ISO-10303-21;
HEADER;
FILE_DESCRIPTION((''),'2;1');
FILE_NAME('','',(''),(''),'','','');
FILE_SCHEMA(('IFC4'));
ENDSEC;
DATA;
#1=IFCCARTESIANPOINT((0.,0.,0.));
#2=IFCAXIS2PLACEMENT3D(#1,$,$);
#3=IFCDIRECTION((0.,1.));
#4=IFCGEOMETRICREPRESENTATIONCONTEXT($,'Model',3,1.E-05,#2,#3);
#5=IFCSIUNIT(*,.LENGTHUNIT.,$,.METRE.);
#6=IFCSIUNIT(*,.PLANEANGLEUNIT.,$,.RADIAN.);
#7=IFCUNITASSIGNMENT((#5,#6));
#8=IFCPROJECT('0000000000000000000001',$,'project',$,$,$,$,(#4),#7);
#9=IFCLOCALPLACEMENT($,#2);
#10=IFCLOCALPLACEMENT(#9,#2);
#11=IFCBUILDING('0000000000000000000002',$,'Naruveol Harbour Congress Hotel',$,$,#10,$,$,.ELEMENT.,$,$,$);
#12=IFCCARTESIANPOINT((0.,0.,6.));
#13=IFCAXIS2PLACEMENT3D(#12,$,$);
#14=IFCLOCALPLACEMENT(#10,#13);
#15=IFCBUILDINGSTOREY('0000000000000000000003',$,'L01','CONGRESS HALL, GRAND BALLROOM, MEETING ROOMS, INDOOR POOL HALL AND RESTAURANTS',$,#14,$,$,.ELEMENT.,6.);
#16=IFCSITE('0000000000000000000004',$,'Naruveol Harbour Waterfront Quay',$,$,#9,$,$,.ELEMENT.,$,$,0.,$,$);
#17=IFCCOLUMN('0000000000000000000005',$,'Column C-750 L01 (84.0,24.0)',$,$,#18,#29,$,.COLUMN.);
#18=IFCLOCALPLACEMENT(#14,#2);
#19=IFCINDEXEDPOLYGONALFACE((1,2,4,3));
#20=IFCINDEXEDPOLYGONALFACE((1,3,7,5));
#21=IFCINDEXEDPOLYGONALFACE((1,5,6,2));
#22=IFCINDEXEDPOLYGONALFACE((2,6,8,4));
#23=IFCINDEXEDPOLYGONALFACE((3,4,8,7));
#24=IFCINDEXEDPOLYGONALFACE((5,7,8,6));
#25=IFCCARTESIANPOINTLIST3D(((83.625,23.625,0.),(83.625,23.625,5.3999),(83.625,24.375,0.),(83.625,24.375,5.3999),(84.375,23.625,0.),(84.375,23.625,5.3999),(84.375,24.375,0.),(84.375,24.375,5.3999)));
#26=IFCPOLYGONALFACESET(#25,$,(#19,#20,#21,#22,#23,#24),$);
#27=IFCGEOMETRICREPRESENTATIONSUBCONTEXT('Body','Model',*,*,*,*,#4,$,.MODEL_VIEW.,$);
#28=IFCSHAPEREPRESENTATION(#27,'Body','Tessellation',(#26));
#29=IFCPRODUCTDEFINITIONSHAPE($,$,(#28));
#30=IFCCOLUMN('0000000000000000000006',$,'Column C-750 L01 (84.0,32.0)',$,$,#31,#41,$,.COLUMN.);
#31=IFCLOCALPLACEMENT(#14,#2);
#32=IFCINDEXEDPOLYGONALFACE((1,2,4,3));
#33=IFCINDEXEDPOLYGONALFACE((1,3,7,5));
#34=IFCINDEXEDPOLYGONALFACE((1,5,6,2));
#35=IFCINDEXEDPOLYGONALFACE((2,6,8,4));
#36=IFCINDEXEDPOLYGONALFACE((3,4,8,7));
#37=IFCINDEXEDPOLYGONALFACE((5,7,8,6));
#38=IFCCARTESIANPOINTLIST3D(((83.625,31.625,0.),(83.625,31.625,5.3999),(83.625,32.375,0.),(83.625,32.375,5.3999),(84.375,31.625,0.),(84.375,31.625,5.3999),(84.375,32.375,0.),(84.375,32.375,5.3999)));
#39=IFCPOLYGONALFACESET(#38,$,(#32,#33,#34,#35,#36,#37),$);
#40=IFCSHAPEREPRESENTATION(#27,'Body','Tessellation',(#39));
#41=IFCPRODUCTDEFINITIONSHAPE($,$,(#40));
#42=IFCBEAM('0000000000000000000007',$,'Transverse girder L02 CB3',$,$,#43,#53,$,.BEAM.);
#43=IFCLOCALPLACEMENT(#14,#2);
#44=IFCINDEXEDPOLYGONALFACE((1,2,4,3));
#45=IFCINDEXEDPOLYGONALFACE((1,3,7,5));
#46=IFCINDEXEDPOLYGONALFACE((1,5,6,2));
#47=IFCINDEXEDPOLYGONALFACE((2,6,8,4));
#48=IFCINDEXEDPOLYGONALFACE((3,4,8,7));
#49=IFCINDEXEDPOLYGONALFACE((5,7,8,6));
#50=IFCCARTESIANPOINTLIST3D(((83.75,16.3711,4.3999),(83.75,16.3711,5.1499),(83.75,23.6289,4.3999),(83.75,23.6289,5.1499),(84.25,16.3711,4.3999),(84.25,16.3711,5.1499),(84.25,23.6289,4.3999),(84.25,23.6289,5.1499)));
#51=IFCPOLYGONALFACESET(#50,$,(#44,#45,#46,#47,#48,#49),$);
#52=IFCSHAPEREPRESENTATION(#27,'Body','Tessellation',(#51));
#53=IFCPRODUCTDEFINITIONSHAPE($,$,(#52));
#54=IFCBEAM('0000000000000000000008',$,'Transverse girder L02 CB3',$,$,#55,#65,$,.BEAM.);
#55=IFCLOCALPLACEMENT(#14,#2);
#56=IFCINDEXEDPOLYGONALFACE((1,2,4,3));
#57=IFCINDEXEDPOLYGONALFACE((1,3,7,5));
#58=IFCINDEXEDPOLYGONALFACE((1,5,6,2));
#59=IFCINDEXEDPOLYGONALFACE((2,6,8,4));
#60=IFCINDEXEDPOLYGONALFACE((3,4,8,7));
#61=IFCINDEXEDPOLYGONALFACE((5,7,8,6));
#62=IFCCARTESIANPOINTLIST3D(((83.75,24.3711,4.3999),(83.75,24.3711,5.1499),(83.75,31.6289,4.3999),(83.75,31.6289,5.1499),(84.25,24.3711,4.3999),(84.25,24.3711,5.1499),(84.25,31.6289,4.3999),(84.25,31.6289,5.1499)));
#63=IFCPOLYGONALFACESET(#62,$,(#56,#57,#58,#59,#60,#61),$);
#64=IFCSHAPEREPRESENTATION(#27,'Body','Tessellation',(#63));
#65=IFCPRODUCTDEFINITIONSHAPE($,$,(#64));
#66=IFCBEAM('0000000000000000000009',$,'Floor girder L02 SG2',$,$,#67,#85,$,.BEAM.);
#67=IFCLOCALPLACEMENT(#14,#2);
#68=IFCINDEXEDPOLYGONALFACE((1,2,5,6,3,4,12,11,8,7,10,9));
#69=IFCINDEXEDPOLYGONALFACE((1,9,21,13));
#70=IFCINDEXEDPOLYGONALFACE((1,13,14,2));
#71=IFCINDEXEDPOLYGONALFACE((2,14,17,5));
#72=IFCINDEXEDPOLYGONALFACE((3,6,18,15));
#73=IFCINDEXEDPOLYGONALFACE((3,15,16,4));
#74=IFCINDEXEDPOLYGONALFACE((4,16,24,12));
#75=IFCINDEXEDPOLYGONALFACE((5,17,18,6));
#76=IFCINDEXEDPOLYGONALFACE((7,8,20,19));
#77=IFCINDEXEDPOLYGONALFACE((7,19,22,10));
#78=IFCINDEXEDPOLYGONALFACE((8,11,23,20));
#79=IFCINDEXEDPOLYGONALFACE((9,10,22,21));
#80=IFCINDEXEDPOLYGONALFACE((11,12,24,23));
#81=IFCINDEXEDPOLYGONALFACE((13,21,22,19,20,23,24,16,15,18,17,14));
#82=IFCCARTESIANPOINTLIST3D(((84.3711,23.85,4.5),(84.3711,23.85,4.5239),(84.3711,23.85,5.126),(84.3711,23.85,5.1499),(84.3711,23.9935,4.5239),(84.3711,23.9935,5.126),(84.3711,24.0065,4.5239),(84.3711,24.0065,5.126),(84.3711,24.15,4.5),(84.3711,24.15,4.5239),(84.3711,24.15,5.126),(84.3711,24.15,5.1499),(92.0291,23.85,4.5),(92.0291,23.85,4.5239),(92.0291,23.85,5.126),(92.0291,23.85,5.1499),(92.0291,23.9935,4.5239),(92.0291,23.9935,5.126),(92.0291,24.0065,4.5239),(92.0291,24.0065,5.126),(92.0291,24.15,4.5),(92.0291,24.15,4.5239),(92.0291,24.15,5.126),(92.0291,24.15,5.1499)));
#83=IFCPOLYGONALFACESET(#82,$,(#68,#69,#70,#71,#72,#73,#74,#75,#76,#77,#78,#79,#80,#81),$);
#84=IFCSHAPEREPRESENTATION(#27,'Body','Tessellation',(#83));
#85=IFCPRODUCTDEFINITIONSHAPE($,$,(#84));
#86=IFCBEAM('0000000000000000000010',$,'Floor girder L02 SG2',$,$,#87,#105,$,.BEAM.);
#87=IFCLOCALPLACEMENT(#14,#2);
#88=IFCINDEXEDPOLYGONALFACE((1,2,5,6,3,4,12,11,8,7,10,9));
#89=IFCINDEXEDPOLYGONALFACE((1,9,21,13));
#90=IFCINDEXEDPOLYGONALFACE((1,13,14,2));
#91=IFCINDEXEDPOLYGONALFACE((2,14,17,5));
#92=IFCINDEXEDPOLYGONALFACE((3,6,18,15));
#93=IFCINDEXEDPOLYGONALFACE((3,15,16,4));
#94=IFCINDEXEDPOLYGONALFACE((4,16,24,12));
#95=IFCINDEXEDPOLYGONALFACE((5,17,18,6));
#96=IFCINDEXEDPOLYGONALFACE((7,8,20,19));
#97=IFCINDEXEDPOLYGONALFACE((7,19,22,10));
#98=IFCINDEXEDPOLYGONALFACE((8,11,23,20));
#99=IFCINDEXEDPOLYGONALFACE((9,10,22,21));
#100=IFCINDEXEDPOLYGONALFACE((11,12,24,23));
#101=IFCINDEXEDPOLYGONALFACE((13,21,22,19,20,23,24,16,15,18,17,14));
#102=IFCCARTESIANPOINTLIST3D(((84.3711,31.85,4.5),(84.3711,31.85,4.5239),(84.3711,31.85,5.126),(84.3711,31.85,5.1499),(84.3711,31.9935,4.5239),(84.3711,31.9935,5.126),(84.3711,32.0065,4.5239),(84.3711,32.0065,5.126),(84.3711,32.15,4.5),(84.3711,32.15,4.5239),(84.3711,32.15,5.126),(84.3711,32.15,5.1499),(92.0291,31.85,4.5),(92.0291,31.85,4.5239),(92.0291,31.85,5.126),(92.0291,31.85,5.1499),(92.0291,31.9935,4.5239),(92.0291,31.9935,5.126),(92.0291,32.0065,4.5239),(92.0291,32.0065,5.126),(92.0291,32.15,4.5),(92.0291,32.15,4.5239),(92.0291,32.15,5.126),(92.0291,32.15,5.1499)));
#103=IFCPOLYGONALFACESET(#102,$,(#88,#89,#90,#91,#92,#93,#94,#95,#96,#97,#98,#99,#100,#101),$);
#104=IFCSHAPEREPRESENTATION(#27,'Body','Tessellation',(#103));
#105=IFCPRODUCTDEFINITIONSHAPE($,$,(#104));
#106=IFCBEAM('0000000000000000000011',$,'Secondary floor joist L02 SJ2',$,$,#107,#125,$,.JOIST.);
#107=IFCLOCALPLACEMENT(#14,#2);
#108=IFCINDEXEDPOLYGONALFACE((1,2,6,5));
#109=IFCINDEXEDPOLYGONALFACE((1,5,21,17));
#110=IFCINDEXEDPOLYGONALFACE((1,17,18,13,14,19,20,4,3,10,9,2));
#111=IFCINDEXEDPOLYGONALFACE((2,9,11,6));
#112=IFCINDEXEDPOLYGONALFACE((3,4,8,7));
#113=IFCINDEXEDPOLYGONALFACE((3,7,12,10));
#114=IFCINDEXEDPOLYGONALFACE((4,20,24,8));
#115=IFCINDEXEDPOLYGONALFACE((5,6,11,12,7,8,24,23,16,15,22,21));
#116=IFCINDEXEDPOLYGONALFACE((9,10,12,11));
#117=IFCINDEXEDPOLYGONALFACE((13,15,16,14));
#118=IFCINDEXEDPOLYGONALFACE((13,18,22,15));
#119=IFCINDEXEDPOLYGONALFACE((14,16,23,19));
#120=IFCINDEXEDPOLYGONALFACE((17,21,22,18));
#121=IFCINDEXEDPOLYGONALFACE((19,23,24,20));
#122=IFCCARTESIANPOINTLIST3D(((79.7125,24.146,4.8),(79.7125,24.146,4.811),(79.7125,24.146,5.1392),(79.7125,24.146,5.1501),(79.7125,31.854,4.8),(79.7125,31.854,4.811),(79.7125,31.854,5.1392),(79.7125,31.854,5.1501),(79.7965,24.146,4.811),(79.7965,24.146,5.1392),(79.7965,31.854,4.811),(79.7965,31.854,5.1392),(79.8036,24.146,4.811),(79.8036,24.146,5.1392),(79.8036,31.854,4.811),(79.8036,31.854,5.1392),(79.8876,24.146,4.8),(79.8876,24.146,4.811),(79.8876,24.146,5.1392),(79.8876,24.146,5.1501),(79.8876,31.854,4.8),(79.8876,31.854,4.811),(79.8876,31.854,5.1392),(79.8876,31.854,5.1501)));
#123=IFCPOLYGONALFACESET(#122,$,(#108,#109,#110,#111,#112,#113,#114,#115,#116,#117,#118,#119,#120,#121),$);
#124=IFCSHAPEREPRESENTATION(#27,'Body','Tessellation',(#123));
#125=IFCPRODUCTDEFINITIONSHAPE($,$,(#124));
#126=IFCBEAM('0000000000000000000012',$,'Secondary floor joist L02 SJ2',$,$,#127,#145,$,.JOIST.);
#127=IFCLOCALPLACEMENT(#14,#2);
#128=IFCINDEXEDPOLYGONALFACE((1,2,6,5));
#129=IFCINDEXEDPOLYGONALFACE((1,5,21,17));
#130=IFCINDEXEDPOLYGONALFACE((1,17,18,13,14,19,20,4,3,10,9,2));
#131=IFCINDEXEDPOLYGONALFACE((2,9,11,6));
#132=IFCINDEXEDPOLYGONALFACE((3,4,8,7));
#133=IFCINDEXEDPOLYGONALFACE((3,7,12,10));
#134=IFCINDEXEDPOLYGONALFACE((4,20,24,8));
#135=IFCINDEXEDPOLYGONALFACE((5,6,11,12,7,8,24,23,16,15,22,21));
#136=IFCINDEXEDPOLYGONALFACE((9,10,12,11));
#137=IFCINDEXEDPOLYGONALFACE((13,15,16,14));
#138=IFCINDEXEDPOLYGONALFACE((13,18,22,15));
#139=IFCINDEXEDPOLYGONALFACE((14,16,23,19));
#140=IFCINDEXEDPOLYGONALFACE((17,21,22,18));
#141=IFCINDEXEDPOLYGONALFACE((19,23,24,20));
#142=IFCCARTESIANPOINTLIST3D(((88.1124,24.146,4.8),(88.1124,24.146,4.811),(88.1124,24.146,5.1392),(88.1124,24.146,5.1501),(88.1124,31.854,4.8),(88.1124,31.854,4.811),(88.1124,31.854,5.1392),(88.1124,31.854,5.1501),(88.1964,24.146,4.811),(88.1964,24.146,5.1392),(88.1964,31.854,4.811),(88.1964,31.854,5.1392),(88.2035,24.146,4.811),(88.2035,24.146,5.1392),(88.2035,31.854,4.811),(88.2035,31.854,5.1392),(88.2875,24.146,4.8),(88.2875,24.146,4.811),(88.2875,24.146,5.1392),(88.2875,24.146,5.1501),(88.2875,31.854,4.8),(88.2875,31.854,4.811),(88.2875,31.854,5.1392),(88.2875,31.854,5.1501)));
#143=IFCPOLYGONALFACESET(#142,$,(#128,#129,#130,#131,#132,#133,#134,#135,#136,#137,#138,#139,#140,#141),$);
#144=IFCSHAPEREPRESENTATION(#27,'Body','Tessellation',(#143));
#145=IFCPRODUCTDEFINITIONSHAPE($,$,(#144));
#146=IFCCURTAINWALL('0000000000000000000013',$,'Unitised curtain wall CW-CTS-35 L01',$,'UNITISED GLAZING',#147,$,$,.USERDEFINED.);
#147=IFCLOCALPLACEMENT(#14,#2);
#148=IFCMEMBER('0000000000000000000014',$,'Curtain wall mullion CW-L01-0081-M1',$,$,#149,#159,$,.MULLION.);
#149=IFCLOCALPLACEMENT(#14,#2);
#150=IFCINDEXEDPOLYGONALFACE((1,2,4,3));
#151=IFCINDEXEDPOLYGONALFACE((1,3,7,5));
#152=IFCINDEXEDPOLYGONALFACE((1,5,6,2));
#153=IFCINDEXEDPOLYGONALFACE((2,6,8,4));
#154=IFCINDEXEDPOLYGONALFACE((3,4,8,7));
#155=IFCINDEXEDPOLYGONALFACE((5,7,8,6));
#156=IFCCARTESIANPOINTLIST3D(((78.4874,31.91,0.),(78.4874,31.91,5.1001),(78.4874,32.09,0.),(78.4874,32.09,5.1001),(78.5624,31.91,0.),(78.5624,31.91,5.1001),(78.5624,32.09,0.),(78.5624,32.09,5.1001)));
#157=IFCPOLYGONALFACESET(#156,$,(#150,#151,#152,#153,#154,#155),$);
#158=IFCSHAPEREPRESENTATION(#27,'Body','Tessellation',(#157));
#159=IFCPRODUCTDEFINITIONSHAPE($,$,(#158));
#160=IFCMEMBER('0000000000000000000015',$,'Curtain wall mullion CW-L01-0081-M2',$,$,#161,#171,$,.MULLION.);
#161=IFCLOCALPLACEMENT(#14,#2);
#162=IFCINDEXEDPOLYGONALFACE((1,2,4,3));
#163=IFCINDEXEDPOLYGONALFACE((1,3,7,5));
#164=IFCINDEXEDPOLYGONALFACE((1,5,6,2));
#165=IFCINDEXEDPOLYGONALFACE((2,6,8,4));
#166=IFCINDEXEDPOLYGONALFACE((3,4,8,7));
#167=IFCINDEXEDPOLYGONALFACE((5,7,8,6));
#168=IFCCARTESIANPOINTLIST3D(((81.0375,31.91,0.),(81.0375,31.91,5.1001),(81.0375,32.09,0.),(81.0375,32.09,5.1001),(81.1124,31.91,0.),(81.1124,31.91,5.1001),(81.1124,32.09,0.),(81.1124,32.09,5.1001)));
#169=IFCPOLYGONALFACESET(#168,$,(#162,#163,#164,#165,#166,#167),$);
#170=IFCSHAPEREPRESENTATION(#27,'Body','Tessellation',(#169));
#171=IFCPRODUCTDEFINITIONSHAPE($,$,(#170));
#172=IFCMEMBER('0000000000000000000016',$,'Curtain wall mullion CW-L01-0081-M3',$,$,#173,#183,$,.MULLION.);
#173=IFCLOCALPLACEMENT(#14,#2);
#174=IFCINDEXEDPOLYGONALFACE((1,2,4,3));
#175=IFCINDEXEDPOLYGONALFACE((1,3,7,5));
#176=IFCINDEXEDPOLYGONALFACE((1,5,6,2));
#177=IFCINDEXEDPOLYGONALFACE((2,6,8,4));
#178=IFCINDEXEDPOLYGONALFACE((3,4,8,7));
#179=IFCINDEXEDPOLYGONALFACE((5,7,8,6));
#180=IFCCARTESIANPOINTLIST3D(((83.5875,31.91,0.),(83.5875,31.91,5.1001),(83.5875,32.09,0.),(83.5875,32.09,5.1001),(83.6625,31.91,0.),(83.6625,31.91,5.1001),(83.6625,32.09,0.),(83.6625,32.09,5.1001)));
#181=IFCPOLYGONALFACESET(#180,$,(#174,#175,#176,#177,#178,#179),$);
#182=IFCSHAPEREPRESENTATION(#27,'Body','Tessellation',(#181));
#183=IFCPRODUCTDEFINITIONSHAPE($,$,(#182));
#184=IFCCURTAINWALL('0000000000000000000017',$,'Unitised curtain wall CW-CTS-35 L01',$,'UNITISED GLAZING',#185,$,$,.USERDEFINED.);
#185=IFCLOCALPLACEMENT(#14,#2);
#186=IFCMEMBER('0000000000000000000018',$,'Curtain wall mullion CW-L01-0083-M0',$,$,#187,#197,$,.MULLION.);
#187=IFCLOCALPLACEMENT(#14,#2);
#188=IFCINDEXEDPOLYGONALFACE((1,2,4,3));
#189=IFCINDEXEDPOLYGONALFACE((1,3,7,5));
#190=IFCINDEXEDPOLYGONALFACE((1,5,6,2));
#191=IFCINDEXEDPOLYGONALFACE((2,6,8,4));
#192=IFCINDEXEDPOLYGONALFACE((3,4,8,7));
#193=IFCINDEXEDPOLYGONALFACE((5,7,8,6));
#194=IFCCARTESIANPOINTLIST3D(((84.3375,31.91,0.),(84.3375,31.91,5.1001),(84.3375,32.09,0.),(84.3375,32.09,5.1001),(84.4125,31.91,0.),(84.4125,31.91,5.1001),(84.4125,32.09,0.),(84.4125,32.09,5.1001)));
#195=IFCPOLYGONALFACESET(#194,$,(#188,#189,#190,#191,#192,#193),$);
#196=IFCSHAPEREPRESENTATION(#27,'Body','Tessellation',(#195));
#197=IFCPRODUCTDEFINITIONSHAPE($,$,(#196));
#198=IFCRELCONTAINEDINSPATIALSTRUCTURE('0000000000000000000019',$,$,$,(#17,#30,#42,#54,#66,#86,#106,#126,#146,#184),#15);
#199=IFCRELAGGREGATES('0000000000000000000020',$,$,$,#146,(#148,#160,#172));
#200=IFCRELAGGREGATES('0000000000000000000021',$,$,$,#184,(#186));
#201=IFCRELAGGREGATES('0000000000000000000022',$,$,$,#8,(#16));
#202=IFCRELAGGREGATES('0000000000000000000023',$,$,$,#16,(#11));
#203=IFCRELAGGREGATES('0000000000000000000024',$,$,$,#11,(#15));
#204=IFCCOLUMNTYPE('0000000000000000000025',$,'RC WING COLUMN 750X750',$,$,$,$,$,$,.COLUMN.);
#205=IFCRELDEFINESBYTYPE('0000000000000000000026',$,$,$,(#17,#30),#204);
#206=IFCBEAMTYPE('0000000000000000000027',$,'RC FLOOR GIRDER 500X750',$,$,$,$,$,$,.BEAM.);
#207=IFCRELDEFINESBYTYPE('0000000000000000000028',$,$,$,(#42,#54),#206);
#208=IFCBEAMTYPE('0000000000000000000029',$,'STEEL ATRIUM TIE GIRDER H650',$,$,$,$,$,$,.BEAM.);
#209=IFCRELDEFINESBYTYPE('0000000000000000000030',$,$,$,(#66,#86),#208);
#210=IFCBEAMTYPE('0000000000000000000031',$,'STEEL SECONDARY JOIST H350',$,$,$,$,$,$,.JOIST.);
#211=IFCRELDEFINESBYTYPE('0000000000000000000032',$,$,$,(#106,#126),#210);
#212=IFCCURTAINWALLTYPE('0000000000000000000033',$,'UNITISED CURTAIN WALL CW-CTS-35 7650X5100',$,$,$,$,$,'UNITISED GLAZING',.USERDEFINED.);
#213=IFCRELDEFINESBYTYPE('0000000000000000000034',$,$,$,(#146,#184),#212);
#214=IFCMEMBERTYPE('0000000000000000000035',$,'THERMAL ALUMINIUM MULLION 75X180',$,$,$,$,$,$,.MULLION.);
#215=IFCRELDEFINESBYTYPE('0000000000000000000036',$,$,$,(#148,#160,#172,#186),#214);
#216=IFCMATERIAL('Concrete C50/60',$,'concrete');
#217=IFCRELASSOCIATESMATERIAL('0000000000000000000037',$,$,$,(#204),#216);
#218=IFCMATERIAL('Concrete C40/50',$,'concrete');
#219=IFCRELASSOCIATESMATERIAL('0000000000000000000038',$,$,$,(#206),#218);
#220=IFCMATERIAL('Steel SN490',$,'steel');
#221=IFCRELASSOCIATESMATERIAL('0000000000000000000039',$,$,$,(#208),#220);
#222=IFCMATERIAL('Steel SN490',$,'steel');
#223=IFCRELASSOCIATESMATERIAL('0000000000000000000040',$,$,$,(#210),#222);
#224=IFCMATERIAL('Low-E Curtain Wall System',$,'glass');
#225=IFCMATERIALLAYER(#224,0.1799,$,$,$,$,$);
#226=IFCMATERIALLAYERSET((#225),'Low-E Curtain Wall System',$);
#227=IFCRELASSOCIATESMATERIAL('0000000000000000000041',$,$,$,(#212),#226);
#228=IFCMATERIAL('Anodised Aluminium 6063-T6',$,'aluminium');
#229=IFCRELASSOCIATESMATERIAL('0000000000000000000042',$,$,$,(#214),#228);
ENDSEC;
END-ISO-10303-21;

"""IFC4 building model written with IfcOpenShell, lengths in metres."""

from ifc_helpers import new_model, si_unit, direction, frame, origin, origin_2d, place, context, subcontext, project, spatial, rectangle, i_section, extrude, material, layer, layer_set, material_profile, profile_set, type_object, element, aggregate, save


model = new_model("IFC4")

# Units and contexts
model_context = context("Model", 3, precision=1e-05, world=origin(), true_north=direction((0.0, 1.0)))
body_context = subcontext(model_context, "Body", "Model", "MODEL_VIEW")
ifc_project = project(units=[si_unit("LENGTHUNIT", "METRE"), si_unit("PLANEANGLEUNIT", "RADIAN")], contexts=[model_context])

# Site, building, storey
site_placement = place(None, origin())
site = spatial("IfcSite", under=ifc_project, at=site_placement, Name="Naruveol Harbour Waterfront Quay", CompositionType="ELEMENT", RefElevation=0.0)
building_placement = place(site_placement, origin())
building = spatial("IfcBuilding", under=site, at=building_placement, Name="Naruveol Harbour Congress Hotel", CompositionType="ELEMENT")
storey_placement = place(building_placement, frame((0.0, 0.0, 6.0)))
storey = spatial("IfcBuildingStorey", under=building, at=storey_placement, Name="L01", Description="CONGRESS HALL, GRAND BALLROOM, MEETING ROOMS, INDOOR POOL HALL AND RESTAURANTS", CompositionType="ELEMENT", Elevation=6.0)

# Columns
ifc_material_1 = material(Name="Concrete C50/60", Category="concrete")
ifc_material_profile_1 = material_profile(ifc_material_1, rectangle(XDim=0.75, YDim=0.75, at=origin_2d()), Name="RC-750x750")
ifc_profile_set_1 = profile_set([ifc_material_profile_1], Name="Concrete C50/60")
column_type = type_object("IfcColumnType", Name="RC WING COLUMN 750X750", PredefinedType="COLUMN", material=ifc_profile_set_1)
for number, where, z_axis, x_axis, name in (
    (1, (84.0, 24.0, 0.0), (0.0, 0.0, 1.0), (1.0, 0.0, 0.0), "Column C-750 L01 (84.0,24.0)"),
    (2, (84.0, 32.0, 0.0), (0.0, 0.0, 1.0), (1.0, 0.0, 0.0), "Column C-750 L01 (84.0,32.0)"),
):
    element("IfcColumn", number, at=place(storey_placement, frame(where, z_axis=z_axis, x_axis=x_axis)), inside=storey, type_object=column_type, Name=name, PredefinedType="COLUMN", context=body_context, shape_type="SweptSolid", body=[
        extrude(rectangle(XDim=0.75, YDim=0.75, at=origin_2d()), origin(), (0.0, 0.0, 1.0), 5.3999),
    ])

# Beams
ifc_material_2 = material(Name="Concrete C40/50", Category="concrete")
ifc_material_profile_2 = material_profile(ifc_material_2, rectangle(XDim=0.5, YDim=0.75, at=origin_2d()), Name="RCB-500x750")
ifc_profile_set_2 = profile_set([ifc_material_profile_2], Name="Concrete C40/50")
beam_type_1 = type_object("IfcBeamType", Name="RC FLOOR GIRDER 500X750", PredefinedType="BEAM", material=ifc_profile_set_2)
for number, where, z_axis, x_axis, name in (
    (3, (84.0, 16.3711, 4.7749), (0.0, 1.0, 0.0), (-1.0, 0.0, 0.0), "Transverse girder L02 CB3"),
    (4, (84.0, 24.3711, 4.7749), (0.0, 1.0, 0.0), (-1.0, 0.0, 0.0), "Transverse girder L02 CB3"),
):
    element("IfcBeam", number, at=place(storey_placement, frame(where, z_axis=z_axis, x_axis=x_axis)), inside=storey, type_object=beam_type_1, Name=name, PredefinedType="BEAM", context=body_context, shape_type="SweptSolid", body=[
        extrude(rectangle(XDim=0.5, YDim=0.75, at=origin_2d()), origin(), (0.0, 0.0, 1.0), 7.2578),
    ])
ifc_material_3 = material(Name="Steel SN490", Category="steel")
ifc_material_profile_3 = material_profile(ifc_material_3, i_section(OverallWidth=0.3, OverallDepth=0.6499, WebThickness=0.0129, FlangeThickness=0.0239, at=origin_2d()), Name="H-650x300x13x24")
ifc_profile_set_3 = profile_set([ifc_material_profile_3], Name="Steel SN490")
beam_type_2 = type_object("IfcBeamType", Name="STEEL ATRIUM TIE GIRDER H650", PredefinedType="BEAM", material=ifc_profile_set_3)
for number, where, z_axis, x_axis, name in (
    (5, (84.3711, 24.0, 4.825), (1.0, 0.0, 0.0), (0.0, 1.0, 0.0), "Floor girder L02 SG2"),
    (6, (84.3711, 32.0, 4.825), (1.0, 0.0, 0.0), (0.0, 1.0, 0.0), "Floor girder L02 SG2"),
):
    element("IfcBeam", number, at=place(storey_placement, frame(where, z_axis=z_axis, x_axis=x_axis)), inside=storey, type_object=beam_type_2, Name=name, PredefinedType="BEAM", context=body_context, shape_type="SweptSolid", body=[
        extrude(i_section(OverallWidth=0.3, OverallDepth=0.6499, WebThickness=0.0129, FlangeThickness=0.0239, at=origin_2d()), origin(), (0.0, 0.0, 1.0), 7.658),
    ])
ifc_material_4 = material(Name="Steel SN490", Category="steel")
ifc_material_profile_4 = material_profile(ifc_material_4, i_section(OverallWidth=0.175, OverallDepth=0.3501, WebThickness=0.0071, FlangeThickness=0.011, at=origin_2d()), Name="H-350x175x7x11")
ifc_profile_set_4 = profile_set([ifc_material_profile_4], Name="Steel SN490")
beam_type_3 = type_object("IfcBeamType", Name="STEEL SECONDARY JOIST H350", PredefinedType="JOIST", material=ifc_profile_set_4)
for number, where, z_axis, x_axis, name in (
    (7, (79.8, 24.146, 4.9751), (0.0, 1.0, 0.0), (-1.0, 0.0, 0.0), "Secondary floor joist L02 SJ2"),
    (8, (88.2, 24.146, 4.9751), (0.0, 1.0, 0.0), (-1.0, 0.0, 0.0), "Secondary floor joist L02 SJ2"),
):
    element("IfcBeam", number, at=place(storey_placement, frame(where, z_axis=z_axis, x_axis=x_axis)), inside=storey, type_object=beam_type_3, Name=name, PredefinedType="JOIST", context=body_context, shape_type="SweptSolid", body=[
        extrude(i_section(OverallWidth=0.175, OverallDepth=0.3501, WebThickness=0.0071, FlangeThickness=0.011, at=origin_2d()), origin(), (0.0, 0.0, 1.0), 7.708),
    ])

# Curtain walls, members
ifc_material_5 = material(Name="Low-E Curtain Wall System", Category="glass")
ifc_layer_1 = layer(ifc_material_5, 0.1799)
ifc_layer_set_1 = layer_set([ifc_layer_1], Name="Low-E Curtain Wall System")
curtain_wall_type = type_object("IfcCurtainWallType", Name="UNITISED CURTAIN WALL CW-CTS-35 7650X5100", ElementType="UNITISED GLAZING", PredefinedType="USERDEFINED", material=ifc_layer_set_1)
curtain_wall_1_placement = place(storey_placement, origin())
curtain_wall_1 = element("IfcCurtainWall", 9, at=curtain_wall_1_placement, inside=storey, type_object=curtain_wall_type, Name="Unitised curtain wall CW-CTS-35 L01", ObjectType="UNITISED GLAZING", PredefinedType="USERDEFINED")
ifc_material_6 = material(Name="Anodised Aluminium 6063-T6", Category="aluminium")
ifc_material_profile_5 = material_profile(ifc_material_6, rectangle(XDim=0.075, YDim=0.1799, at=origin_2d()), Name="ALU-75x180")
ifc_profile_set_5 = profile_set([ifc_material_profile_5], Name="Anodised Aluminium 6063-T6")
member_type_1 = type_object("IfcMemberType", Name="THERMAL ALUMINIUM MULLION 75X180", PredefinedType="MULLION", material=ifc_profile_set_5)
member_1_placement = place(storey_placement, frame((78.5249, 32.0, 0.0), z_axis=(0.0, 0.0, 1.0), x_axis=(1.0, 0.0, 0.0)))
member_1 = element("IfcMember", 10, at=member_1_placement, type_object=member_type_1, Name="Curtain wall mullion CW-L01-0081-M1", PredefinedType="MULLION", context=body_context, shape_type="SweptSolid", body=[
    extrude(rectangle(XDim=0.075, YDim=0.1799, at=origin_2d()), origin(), (0.0, 0.0, 1.0), 5.1001),
])
member_2_placement = place(storey_placement, frame((81.075, 32.0, 0.0), z_axis=(0.0, 0.0, 1.0), x_axis=(1.0, 0.0, 0.0)))
member_2 = element("IfcMember", 11, at=member_2_placement, type_object=member_type_1, Name="Curtain wall mullion CW-L01-0081-M2", PredefinedType="MULLION", context=body_context, shape_type="SweptSolid", body=[
    extrude(rectangle(XDim=0.075, YDim=0.1799, at=origin_2d()), origin(), (0.0, 0.0, 1.0), 5.1001),
])
member_3_placement = place(storey_placement, frame((83.625, 32.0, 0.0), z_axis=(0.0, 0.0, 1.0), x_axis=(1.0, 0.0, 0.0)))
member_3 = element("IfcMember", 12, at=member_3_placement, type_object=member_type_1, Name="Curtain wall mullion CW-L01-0081-M3", PredefinedType="MULLION", context=body_context, shape_type="SweptSolid", body=[
    extrude(rectangle(XDim=0.075, YDim=0.1799, at=origin_2d()), origin(), (0.0, 0.0, 1.0), 5.1001),
])
curtain_wall_2_placement = place(storey_placement, origin())
curtain_wall_2 = element("IfcCurtainWall", 13, at=curtain_wall_2_placement, inside=storey, type_object=curtain_wall_type, Name="Unitised curtain wall CW-CTS-35 L01", ObjectType="UNITISED GLAZING", PredefinedType="USERDEFINED")
member_4_placement = place(storey_placement, frame((84.375, 32.0, 0.0), z_axis=(0.0, 0.0, 1.0), x_axis=(1.0, 0.0, 0.0)))
member_4 = element("IfcMember", 14, at=member_4_placement, type_object=member_type_1, Name="Curtain wall mullion CW-L01-0083-M0", PredefinedType="MULLION", context=body_context, shape_type="SweptSolid", body=[
    extrude(rectangle(XDim=0.075, YDim=0.1799, at=origin_2d()), origin(), (0.0, 0.0, 1.0), 5.1001),
])

aggregate(curtain_wall_1, [member_1, member_2, member_3])
aggregate(curtain_wall_2, [member_4])

save(model, "model.ifc")
